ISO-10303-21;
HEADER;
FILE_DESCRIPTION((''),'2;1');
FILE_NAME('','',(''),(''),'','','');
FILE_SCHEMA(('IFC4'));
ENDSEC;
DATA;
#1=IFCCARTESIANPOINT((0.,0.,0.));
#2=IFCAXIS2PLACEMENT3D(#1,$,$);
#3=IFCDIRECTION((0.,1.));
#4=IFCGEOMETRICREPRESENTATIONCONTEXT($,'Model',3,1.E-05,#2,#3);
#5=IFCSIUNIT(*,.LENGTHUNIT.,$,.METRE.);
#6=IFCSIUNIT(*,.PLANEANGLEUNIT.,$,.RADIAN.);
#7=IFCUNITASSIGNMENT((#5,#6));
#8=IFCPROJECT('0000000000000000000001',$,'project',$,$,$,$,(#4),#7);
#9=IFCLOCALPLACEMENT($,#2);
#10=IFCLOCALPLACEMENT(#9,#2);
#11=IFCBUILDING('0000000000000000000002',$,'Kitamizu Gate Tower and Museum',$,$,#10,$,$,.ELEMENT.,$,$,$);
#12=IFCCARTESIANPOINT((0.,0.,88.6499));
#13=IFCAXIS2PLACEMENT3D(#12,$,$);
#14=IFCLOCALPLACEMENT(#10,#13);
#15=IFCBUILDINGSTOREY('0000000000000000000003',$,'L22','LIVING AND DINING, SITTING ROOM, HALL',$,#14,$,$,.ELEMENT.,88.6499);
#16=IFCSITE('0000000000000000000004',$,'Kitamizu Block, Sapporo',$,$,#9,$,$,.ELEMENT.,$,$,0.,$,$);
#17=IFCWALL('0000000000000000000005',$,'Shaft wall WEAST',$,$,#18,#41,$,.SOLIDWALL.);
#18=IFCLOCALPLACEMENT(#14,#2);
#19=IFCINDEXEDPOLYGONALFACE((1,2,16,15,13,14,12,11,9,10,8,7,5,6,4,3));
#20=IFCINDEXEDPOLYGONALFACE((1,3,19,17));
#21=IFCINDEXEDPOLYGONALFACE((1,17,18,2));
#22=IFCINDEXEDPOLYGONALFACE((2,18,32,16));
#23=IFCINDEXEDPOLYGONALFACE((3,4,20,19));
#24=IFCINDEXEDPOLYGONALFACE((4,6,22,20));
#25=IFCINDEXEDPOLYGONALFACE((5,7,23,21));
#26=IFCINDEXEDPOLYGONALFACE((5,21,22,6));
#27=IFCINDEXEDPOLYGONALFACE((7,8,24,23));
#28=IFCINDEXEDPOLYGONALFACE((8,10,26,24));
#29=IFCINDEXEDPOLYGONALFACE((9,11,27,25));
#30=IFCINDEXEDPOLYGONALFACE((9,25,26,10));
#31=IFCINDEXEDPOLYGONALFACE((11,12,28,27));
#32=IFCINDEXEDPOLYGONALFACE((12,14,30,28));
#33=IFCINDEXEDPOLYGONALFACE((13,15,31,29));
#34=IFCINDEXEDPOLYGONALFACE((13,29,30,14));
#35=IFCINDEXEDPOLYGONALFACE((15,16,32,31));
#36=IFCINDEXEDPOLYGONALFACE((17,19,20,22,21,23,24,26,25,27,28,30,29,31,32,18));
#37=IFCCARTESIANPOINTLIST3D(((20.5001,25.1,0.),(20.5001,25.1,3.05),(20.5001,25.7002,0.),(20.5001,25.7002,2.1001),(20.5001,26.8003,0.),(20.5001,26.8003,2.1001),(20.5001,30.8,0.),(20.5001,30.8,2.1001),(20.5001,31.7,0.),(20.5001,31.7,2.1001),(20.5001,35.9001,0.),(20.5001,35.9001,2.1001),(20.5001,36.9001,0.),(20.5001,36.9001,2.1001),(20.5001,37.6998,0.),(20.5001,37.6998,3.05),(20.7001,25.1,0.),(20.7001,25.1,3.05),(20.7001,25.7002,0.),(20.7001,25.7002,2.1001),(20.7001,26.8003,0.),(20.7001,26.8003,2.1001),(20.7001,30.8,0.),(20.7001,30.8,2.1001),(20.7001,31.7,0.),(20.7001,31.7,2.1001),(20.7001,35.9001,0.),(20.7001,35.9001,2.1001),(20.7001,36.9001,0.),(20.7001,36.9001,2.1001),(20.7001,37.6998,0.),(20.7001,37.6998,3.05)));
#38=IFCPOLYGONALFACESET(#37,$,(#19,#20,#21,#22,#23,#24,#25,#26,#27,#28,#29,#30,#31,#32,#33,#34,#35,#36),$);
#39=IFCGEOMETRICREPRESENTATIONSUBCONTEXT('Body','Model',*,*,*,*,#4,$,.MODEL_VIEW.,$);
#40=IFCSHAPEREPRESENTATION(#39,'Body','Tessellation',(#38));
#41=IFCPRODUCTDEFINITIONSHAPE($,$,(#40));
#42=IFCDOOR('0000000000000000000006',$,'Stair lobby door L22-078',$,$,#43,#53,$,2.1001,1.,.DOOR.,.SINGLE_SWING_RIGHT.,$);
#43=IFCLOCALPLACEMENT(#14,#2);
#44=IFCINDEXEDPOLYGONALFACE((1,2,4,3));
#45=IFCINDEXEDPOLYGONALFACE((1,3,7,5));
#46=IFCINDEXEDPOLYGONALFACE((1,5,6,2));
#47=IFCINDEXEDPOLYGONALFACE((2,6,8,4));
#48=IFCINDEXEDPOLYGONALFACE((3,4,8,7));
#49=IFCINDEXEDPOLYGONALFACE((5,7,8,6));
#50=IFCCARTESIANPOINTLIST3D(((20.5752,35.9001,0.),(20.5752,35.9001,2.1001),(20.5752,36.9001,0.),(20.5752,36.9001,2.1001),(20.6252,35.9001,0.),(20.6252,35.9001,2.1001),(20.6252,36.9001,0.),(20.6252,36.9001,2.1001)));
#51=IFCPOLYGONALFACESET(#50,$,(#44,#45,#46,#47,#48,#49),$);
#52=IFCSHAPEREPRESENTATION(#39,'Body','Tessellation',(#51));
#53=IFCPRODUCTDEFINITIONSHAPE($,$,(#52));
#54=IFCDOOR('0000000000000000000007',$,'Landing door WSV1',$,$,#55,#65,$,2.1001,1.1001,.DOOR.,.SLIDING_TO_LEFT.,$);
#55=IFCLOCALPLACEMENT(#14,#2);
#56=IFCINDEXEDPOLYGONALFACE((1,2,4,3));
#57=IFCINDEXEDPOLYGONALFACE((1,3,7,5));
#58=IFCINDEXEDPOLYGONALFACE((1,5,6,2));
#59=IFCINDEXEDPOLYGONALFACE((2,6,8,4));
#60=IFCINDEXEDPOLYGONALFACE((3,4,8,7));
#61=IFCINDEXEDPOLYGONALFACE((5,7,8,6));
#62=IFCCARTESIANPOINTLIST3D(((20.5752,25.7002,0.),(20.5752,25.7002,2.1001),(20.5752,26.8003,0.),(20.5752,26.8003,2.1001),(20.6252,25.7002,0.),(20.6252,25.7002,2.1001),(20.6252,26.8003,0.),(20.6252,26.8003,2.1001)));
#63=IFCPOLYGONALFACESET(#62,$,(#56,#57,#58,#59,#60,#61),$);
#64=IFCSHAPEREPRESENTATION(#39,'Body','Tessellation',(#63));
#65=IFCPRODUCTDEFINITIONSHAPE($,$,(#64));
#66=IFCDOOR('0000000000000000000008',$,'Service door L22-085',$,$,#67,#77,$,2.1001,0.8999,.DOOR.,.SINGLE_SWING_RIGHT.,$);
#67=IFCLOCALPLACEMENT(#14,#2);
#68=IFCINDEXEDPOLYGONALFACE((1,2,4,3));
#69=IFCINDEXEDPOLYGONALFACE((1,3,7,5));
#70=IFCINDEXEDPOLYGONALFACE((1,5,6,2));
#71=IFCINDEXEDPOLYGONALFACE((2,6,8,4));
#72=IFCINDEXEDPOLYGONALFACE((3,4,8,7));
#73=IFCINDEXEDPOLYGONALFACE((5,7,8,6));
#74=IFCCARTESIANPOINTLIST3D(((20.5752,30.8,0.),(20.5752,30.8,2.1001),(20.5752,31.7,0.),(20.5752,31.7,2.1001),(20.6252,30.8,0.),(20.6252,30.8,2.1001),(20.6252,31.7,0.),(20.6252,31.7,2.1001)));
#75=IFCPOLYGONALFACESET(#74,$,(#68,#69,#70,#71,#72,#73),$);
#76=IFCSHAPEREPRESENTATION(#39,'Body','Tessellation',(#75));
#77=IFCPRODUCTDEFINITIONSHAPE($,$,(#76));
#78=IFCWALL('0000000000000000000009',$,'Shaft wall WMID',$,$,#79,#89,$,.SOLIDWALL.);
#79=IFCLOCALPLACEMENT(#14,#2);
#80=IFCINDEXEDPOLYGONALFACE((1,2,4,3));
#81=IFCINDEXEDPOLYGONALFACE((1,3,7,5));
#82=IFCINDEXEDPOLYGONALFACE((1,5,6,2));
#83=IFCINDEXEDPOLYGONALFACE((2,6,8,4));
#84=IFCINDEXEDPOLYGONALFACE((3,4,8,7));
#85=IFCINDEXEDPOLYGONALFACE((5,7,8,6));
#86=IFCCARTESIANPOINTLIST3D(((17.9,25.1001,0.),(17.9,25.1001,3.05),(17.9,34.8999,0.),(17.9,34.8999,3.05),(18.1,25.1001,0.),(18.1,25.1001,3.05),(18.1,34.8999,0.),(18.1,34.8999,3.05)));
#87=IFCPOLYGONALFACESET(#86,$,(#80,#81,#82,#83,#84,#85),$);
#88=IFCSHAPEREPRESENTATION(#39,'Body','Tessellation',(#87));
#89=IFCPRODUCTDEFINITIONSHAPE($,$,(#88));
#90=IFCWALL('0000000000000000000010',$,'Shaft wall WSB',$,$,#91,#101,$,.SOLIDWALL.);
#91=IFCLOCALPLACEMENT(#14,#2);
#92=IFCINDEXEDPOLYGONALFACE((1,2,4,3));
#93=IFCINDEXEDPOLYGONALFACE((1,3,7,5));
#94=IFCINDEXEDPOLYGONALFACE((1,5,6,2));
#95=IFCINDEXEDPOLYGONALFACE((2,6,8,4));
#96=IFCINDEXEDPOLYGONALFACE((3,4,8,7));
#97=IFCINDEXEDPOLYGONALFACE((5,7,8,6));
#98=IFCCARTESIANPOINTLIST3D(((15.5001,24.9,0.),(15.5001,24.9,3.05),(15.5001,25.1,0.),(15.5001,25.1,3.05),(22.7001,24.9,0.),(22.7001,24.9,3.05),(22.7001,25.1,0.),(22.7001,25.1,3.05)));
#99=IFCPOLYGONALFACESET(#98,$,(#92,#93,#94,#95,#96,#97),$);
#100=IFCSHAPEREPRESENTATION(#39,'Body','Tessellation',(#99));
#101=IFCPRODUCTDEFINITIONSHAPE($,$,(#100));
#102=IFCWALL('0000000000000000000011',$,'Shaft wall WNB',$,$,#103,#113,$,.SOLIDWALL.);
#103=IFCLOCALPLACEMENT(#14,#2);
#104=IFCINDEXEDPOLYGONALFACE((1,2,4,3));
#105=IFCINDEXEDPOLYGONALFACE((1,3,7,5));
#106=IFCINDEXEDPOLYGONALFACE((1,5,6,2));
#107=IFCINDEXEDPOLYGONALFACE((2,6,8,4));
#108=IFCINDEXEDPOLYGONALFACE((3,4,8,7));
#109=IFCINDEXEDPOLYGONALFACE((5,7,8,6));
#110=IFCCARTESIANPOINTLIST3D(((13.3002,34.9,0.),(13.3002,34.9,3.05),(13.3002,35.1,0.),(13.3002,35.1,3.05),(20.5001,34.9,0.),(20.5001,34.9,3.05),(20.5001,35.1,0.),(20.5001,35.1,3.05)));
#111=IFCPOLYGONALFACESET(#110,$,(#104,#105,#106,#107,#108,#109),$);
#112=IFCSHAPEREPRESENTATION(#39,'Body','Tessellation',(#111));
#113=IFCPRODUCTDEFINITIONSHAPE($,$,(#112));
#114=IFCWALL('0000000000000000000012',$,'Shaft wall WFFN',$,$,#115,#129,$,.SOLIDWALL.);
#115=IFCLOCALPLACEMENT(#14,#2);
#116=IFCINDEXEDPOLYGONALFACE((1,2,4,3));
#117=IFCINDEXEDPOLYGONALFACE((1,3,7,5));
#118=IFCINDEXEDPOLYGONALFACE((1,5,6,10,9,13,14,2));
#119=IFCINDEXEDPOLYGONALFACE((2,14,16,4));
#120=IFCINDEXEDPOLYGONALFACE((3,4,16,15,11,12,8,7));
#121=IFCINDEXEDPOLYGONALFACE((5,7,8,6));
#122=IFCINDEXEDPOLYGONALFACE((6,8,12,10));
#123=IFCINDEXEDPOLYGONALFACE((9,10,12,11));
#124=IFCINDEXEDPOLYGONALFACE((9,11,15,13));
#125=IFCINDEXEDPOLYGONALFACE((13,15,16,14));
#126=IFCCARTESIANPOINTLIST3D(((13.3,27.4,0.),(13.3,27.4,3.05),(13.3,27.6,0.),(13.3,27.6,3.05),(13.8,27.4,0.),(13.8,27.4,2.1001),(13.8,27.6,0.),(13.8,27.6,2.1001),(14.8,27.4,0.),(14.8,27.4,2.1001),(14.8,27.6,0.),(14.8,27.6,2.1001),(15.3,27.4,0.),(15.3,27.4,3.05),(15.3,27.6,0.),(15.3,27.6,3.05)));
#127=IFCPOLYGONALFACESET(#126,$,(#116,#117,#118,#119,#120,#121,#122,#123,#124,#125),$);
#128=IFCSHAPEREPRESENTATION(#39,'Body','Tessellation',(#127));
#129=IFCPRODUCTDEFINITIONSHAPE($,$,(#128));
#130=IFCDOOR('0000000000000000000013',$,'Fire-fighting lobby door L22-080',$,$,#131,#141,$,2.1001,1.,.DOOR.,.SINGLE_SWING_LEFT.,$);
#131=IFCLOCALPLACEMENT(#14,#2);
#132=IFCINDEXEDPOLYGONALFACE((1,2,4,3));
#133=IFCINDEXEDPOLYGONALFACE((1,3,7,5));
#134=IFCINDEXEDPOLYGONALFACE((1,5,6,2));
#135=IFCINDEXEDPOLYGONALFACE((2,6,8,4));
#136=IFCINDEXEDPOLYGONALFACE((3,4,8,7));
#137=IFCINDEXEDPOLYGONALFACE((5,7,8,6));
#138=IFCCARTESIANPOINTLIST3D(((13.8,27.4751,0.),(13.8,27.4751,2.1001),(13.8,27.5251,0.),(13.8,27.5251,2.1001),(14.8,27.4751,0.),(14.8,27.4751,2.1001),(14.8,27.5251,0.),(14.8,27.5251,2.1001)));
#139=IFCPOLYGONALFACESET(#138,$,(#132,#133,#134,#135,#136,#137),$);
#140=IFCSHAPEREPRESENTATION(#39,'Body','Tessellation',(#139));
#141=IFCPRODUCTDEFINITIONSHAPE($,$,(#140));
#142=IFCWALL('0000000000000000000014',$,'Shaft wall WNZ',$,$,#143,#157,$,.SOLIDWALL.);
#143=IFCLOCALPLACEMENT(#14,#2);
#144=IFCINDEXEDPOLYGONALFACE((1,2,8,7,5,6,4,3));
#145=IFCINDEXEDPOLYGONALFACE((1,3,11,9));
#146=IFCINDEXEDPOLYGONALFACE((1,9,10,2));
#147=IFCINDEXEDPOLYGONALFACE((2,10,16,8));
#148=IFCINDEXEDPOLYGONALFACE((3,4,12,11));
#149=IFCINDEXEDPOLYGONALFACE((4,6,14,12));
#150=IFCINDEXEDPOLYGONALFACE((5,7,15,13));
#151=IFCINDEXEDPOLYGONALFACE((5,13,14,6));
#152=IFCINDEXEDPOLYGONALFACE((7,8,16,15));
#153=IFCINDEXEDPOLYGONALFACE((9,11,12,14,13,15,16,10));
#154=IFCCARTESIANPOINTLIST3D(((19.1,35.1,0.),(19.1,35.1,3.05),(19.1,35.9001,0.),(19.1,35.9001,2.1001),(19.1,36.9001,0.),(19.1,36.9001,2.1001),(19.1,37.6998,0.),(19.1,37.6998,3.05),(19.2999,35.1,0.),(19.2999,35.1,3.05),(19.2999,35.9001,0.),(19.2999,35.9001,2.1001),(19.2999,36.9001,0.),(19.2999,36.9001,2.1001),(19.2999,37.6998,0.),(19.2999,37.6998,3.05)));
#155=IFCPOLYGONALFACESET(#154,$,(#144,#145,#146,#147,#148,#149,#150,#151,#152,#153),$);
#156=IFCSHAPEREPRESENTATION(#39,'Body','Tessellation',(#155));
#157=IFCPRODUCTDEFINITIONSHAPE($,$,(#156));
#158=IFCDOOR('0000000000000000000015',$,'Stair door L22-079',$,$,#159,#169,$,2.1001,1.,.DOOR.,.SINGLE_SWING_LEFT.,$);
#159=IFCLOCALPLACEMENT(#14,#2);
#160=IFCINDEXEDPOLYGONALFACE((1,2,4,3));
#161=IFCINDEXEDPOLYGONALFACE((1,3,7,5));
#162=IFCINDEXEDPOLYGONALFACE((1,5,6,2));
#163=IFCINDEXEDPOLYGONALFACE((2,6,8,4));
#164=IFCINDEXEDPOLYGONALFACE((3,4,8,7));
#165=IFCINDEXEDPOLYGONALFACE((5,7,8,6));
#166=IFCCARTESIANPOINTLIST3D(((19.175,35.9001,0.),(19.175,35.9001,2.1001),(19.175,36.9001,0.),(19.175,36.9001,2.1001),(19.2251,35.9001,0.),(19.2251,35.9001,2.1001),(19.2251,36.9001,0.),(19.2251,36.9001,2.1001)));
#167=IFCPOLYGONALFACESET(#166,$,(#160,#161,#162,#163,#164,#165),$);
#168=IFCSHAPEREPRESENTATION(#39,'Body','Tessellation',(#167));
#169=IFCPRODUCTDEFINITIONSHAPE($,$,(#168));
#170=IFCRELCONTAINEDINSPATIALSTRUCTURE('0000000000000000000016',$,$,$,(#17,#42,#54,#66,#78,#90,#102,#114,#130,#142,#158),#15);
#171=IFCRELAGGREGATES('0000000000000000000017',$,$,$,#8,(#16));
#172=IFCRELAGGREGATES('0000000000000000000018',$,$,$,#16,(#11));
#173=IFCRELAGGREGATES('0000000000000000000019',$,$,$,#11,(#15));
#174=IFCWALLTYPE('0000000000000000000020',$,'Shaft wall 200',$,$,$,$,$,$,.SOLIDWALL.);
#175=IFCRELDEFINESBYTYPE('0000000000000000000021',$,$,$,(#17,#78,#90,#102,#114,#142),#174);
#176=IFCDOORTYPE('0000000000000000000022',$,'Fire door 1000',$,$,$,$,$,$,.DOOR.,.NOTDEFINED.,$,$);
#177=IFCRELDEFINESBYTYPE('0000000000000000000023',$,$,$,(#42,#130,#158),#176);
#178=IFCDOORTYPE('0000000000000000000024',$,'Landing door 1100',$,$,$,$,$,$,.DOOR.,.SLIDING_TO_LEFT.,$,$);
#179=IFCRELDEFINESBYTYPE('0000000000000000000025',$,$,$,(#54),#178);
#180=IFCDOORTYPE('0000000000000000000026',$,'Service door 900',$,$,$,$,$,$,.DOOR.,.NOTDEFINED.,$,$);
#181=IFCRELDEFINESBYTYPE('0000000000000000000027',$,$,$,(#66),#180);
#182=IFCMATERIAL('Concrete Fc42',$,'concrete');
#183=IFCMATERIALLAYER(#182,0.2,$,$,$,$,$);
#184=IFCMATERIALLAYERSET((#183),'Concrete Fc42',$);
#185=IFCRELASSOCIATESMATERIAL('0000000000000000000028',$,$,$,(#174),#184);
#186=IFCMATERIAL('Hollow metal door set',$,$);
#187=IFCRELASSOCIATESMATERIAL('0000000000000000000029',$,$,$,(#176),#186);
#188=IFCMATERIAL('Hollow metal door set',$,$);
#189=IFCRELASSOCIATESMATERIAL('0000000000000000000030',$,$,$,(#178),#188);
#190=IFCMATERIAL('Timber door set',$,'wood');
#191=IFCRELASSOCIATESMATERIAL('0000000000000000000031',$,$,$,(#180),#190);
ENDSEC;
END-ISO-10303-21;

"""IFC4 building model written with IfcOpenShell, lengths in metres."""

from ifc_helpers import new_model, si_unit, direction, frame, frame_2d, origin, place, context, subcontext, project, spatial, rectangle, extrude, material, layer, layer_set, type_object, element, fill, save


model = new_model("IFC4")

# Units and contexts
model_context = context("Model", 3, precision=1e-05, world=origin(), true_north=direction((0.0, 1.0)))
body_context = subcontext(model_context, "Body", "Model", "MODEL_VIEW")
ifc_project = project(units=[si_unit("LENGTHUNIT", "METRE"), si_unit("PLANEANGLEUNIT", "RADIAN")], contexts=[model_context])

# Site, building, storey
site_placement = place(None, origin())
site = spatial("IfcSite", under=ifc_project, at=site_placement, Name="Kitamizu Block, Sapporo", CompositionType="ELEMENT", RefElevation=0.0)
building_placement = place(site_placement, origin())
building = spatial("IfcBuilding", under=site, at=building_placement, Name="Kitamizu Gate Tower and Museum", CompositionType="ELEMENT")
storey_placement = place(building_placement, frame((0.0, 0.0, 88.6499)))
storey = spatial("IfcBuildingStorey", under=building, at=storey_placement, Name="L22", Description="LIVING AND DINING, SITTING ROOM, HALL", CompositionType="ELEMENT", Elevation=88.6499)

# Wall, openings, doors
ifc_material_1 = material(Name="Concrete Fc42", Category="concrete")
ifc_layer = layer(ifc_material_1, 0.2)
ifc_layer_set = layer_set([ifc_layer], Name="Concrete Fc42")
wall_type = type_object("IfcWallType", Name="Shaft wall 200", PredefinedType="SOLIDWALL", material=ifc_layer_set)
wall_1_placement = place(storey_placement, frame((20.6001, 25.1001, 0.0), z_axis=(0.0, 0.0, 1.0), x_axis=(0.0, 1.0, 0.0)))
wall_1 = element("IfcWall", 1, at=wall_1_placement, inside=storey, type_object=wall_type, Name="Shaft wall WEAST", PredefinedType="SOLIDWALL", context=body_context, shape_type="SweptSolid", body=[
    extrude(rectangle(XDim=12.5999, YDim=0.2, at=frame_2d((6.2998, 0.0))), origin(), (0.0, 0.0, 1.0), 3.05),
])
opening_1_placement = place(wall_1_placement, frame((0.6001, 0.0, 0.0)))
opening_1 = element("IfcOpeningElement", 2, at=opening_1_placement, cuts=wall_1, PredefinedType="OPENING", context=body_context, shape_type="SweptSolid", body=[
    extrude(rectangle(XDim=1.1001, YDim=2.1001, at=frame_2d((0.55, 1.05))), frame((0.0, 0.1099, 0.0), z_axis=(0.0, -1.0, 0.0), x_axis=(1.0, 0.0, 0.0)), (0.0, 0.0, 1.0), 0.22),
])
opening_2_placement = place(wall_1_placement, frame((10.8, 0.0, 0.0)))
opening_2 = element("IfcOpeningElement", 3, at=opening_2_placement, cuts=wall_1, PredefinedType="OPENING", context=body_context, shape_type="SweptSolid", body=[
    extrude(rectangle(XDim=1.0, YDim=2.1001, at=frame_2d((0.5, 1.05))), frame((0.0, 0.1099, 0.0), z_axis=(0.0, -1.0, 0.0), x_axis=(1.0, 0.0, 0.0)), (0.0, 0.0, 1.0), 0.22),
])
opening_3_placement = place(wall_1_placement, frame((5.7, 0.0, 0.0)))
opening_3 = element("IfcOpeningElement", 4, at=opening_3_placement, cuts=wall_1, PredefinedType="OPENING", context=body_context, shape_type="SweptSolid", body=[
    extrude(rectangle(XDim=0.8999, YDim=2.1001, at=frame_2d((0.45, 1.05))), frame((0.0, 0.1099, 0.0), z_axis=(0.0, -1.0, 0.0), x_axis=(1.0, 0.0, 0.0)), (0.0, 0.0, 1.0), 0.22),
])
ifc_material_2 = material(Name="Hollow metal door set")
door_type_1 = type_object("IfcDoorType", Name="Fire door 1000", OperationType="NOTDEFINED", PredefinedType="DOOR", material=ifc_material_2)
door_1_placement = place(opening_2_placement, origin())
door_1 = element("IfcDoor", 5, at=door_1_placement, inside=storey, type_object=door_type_1, Name="Stair lobby door L22-078", OperationType="SINGLE_SWING_RIGHT", OverallHeight=2.1001, OverallWidth=1.0, PredefinedType="DOOR", context=body_context, shape_type="SweptSolid", body=[
    extrude(rectangle(XDim=1.0, YDim=2.1001, at=frame_2d((0.5, 1.05))), frame((0.0, 0.0249, 0.0), z_axis=(0.0, -1.0, 0.0), x_axis=(1.0, 0.0, 0.0)), (0.0, 0.0, 1.0), 0.05),
])
fill(opening_2, door_1)
ifc_material_3 = material(Name="Hollow metal door set")
door_type_2 = type_object("IfcDoorType", Name="Landing door 1100", OperationType="SLIDING_TO_LEFT", PredefinedType="DOOR", material=ifc_material_3)
door_2_placement = place(opening_1_placement, origin())
door_2 = element("IfcDoor", 6, at=door_2_placement, inside=storey, type_object=door_type_2, Name="Landing door WSV1", OperationType="SLIDING_TO_LEFT", OverallHeight=2.1001, OverallWidth=1.1001, PredefinedType="DOOR", context=body_context, shape_type="SweptSolid", body=[
    extrude(rectangle(XDim=1.1001, YDim=2.1001, at=frame_2d((0.55, 1.05))), frame((0.0, 0.0249, 0.0), z_axis=(0.0, -1.0, 0.0), x_axis=(1.0, 0.0, 0.0)), (0.0, 0.0, 1.0), 0.05),
])
fill(opening_1, door_2)
ifc_material_4 = material(Name="Timber door set", Category="wood")
door_type_3 = type_object("IfcDoorType", Name="Service door 900", OperationType="NOTDEFINED", PredefinedType="DOOR", material=ifc_material_4)
door_3_placement = place(opening_3_placement, origin())
door_3 = element("IfcDoor", 7, at=door_3_placement, inside=storey, type_object=door_type_3, Name="Service door L22-085", OperationType="SINGLE_SWING_RIGHT", OverallHeight=2.1001, OverallWidth=0.8999, PredefinedType="DOOR", context=body_context, shape_type="SweptSolid", body=[
    extrude(rectangle(XDim=0.8999, YDim=2.1001, at=frame_2d((0.45, 1.05))), frame((0.0, 0.0249, 0.0), z_axis=(0.0, -1.0, 0.0), x_axis=(1.0, 0.0, 0.0)), (0.0, 0.0, 1.0), 0.05),
])
fill(opening_3, door_3)

# Walls
wall_2_placement = place(storey_placement, frame((18.0, 25.1001, 0.0), z_axis=(0.0, 0.0, 1.0), x_axis=(0.0, 1.0, 0.0)))
element("IfcWall", 8, at=wall_2_placement, inside=storey, type_object=wall_type, Name="Shaft wall WMID", PredefinedType="SOLIDWALL", context=body_context, shape_type="SweptSolid", body=[
    extrude(rectangle(XDim=9.7998, YDim=0.2, at=frame_2d((4.8999, 0.0))), origin(), (0.0, 0.0, 1.0), 3.05),
])
for number, where, z_axis, x_axis, name in (
    (9, (15.5, 25.0, 0.0), (0.0, 0.0, 1.0), (1.0, 0.0, 0.0), "Shaft wall WSB"),
    (10, (13.3, 35.0, 0.0), (0.0, 0.0, 1.0), (1.0, 0.0, 0.0), "Shaft wall WNB"),
):
    element("IfcWall", number, at=place(storey_placement, frame(where, z_axis=z_axis, x_axis=x_axis)), inside=storey, type_object=wall_type, Name=name, PredefinedType="SOLIDWALL", context=body_context, shape_type="SweptSolid", body=[
        extrude(rectangle(XDim=7.2, YDim=0.2, at=frame_2d((3.6001, 0.0))), origin(), (0.0, 0.0, 1.0), 3.05),
    ])

# Walls, openings, doors
wall_3_placement = place(storey_placement, frame((13.3, 27.5, 0.0), z_axis=(0.0, 0.0, 1.0), x_axis=(1.0, 0.0, 0.0)))
wall_3 = element("IfcWall", 11, at=wall_3_placement, inside=storey, type_object=wall_type, Name="Shaft wall WFFN", PredefinedType="SOLIDWALL", context=body_context, shape_type="SweptSolid", body=[
    extrude(rectangle(XDim=2.0, YDim=0.2, at=frame_2d((1.0, 0.0))), origin(), (0.0, 0.0, 1.0), 3.05),
])
opening_4_placement = place(wall_3_placement, frame((0.5, 0.0, 0.0)))
opening_4 = element("IfcOpeningElement", 12, at=opening_4_placement, cuts=wall_3, PredefinedType="OPENING", context=body_context, shape_type="SweptSolid", body=[
    extrude(rectangle(XDim=1.0, YDim=2.1001, at=frame_2d((0.5, 1.05))), frame((0.0, 0.1099, 0.0), z_axis=(0.0, -1.0, 0.0), x_axis=(1.0, 0.0, 0.0)), (0.0, 0.0, 1.0), 0.22),
])
door_4_placement = place(opening_4_placement, frame((1.0, 0.0, 0.0), x_axis=(-1.0, 0.0, 0.0)))
door_4 = element("IfcDoor", 13, at=door_4_placement, inside=storey, type_object=door_type_1, Name="Fire-fighting lobby door L22-080", OperationType="SINGLE_SWING_LEFT", OverallHeight=2.1001, OverallWidth=1.0, PredefinedType="DOOR", context=body_context, shape_type="SweptSolid", body=[
    extrude(rectangle(XDim=1.0, YDim=2.1001, at=frame_2d((0.5, 1.05))), frame((0.0, 0.0249, 0.0), z_axis=(0.0, -1.0, 0.0), x_axis=(1.0, 0.0, 0.0)), (0.0, 0.0, 1.0), 0.05),
])
fill(opening_4, door_4)
wall_4_placement = place(storey_placement, frame((19.2, 35.1001, 0.0), z_axis=(0.0, 0.0, 1.0), x_axis=(0.0, 1.0, 0.0)))
wall_4 = element("IfcWall", 14, at=wall_4_placement, inside=storey, type_object=wall_type, Name="Shaft wall WNZ", PredefinedType="SOLIDWALL", context=body_context, shape_type="SweptSolid", body=[
    extrude(rectangle(XDim=2.5999, YDim=0.2, at=frame_2d((1.2998, 0.0))), origin(), (0.0, 0.0, 1.0), 3.05),
])
opening_5_placement = place(wall_4_placement, frame((0.8, 0.0, 0.0)))
opening_5 = element("IfcOpeningElement", 15, at=opening_5_placement, cuts=wall_4, PredefinedType="OPENING", context=body_context, shape_type="SweptSolid", body=[
    extrude(rectangle(XDim=1.0, YDim=2.1001, at=frame_2d((0.5, 1.05))), frame((0.0, 0.1099, 0.0), z_axis=(0.0, -1.0, 0.0), x_axis=(1.0, 0.0, 0.0)), (0.0, 0.0, 1.0), 0.22),
])
door_5_placement = place(opening_5_placement, origin())
door_5 = element("IfcDoor", 16, at=door_5_placement, inside=storey, type_object=door_type_1, Name="Stair door L22-079", OperationType="SINGLE_SWING_LEFT", OverallHeight=2.1001, OverallWidth=1.0, PredefinedType="DOOR", context=body_context, shape_type="SweptSolid", body=[
    extrude(rectangle(XDim=1.0, YDim=2.1001, at=frame_2d((0.5, 1.05))), frame((0.0, 0.0249, 0.0), z_axis=(0.0, -1.0, 0.0), x_axis=(1.0, 0.0, 0.0)), (0.0, 0.0, 1.0), 0.05),
])
fill(opening_5, door_5)

save(model, "model.ifc")
